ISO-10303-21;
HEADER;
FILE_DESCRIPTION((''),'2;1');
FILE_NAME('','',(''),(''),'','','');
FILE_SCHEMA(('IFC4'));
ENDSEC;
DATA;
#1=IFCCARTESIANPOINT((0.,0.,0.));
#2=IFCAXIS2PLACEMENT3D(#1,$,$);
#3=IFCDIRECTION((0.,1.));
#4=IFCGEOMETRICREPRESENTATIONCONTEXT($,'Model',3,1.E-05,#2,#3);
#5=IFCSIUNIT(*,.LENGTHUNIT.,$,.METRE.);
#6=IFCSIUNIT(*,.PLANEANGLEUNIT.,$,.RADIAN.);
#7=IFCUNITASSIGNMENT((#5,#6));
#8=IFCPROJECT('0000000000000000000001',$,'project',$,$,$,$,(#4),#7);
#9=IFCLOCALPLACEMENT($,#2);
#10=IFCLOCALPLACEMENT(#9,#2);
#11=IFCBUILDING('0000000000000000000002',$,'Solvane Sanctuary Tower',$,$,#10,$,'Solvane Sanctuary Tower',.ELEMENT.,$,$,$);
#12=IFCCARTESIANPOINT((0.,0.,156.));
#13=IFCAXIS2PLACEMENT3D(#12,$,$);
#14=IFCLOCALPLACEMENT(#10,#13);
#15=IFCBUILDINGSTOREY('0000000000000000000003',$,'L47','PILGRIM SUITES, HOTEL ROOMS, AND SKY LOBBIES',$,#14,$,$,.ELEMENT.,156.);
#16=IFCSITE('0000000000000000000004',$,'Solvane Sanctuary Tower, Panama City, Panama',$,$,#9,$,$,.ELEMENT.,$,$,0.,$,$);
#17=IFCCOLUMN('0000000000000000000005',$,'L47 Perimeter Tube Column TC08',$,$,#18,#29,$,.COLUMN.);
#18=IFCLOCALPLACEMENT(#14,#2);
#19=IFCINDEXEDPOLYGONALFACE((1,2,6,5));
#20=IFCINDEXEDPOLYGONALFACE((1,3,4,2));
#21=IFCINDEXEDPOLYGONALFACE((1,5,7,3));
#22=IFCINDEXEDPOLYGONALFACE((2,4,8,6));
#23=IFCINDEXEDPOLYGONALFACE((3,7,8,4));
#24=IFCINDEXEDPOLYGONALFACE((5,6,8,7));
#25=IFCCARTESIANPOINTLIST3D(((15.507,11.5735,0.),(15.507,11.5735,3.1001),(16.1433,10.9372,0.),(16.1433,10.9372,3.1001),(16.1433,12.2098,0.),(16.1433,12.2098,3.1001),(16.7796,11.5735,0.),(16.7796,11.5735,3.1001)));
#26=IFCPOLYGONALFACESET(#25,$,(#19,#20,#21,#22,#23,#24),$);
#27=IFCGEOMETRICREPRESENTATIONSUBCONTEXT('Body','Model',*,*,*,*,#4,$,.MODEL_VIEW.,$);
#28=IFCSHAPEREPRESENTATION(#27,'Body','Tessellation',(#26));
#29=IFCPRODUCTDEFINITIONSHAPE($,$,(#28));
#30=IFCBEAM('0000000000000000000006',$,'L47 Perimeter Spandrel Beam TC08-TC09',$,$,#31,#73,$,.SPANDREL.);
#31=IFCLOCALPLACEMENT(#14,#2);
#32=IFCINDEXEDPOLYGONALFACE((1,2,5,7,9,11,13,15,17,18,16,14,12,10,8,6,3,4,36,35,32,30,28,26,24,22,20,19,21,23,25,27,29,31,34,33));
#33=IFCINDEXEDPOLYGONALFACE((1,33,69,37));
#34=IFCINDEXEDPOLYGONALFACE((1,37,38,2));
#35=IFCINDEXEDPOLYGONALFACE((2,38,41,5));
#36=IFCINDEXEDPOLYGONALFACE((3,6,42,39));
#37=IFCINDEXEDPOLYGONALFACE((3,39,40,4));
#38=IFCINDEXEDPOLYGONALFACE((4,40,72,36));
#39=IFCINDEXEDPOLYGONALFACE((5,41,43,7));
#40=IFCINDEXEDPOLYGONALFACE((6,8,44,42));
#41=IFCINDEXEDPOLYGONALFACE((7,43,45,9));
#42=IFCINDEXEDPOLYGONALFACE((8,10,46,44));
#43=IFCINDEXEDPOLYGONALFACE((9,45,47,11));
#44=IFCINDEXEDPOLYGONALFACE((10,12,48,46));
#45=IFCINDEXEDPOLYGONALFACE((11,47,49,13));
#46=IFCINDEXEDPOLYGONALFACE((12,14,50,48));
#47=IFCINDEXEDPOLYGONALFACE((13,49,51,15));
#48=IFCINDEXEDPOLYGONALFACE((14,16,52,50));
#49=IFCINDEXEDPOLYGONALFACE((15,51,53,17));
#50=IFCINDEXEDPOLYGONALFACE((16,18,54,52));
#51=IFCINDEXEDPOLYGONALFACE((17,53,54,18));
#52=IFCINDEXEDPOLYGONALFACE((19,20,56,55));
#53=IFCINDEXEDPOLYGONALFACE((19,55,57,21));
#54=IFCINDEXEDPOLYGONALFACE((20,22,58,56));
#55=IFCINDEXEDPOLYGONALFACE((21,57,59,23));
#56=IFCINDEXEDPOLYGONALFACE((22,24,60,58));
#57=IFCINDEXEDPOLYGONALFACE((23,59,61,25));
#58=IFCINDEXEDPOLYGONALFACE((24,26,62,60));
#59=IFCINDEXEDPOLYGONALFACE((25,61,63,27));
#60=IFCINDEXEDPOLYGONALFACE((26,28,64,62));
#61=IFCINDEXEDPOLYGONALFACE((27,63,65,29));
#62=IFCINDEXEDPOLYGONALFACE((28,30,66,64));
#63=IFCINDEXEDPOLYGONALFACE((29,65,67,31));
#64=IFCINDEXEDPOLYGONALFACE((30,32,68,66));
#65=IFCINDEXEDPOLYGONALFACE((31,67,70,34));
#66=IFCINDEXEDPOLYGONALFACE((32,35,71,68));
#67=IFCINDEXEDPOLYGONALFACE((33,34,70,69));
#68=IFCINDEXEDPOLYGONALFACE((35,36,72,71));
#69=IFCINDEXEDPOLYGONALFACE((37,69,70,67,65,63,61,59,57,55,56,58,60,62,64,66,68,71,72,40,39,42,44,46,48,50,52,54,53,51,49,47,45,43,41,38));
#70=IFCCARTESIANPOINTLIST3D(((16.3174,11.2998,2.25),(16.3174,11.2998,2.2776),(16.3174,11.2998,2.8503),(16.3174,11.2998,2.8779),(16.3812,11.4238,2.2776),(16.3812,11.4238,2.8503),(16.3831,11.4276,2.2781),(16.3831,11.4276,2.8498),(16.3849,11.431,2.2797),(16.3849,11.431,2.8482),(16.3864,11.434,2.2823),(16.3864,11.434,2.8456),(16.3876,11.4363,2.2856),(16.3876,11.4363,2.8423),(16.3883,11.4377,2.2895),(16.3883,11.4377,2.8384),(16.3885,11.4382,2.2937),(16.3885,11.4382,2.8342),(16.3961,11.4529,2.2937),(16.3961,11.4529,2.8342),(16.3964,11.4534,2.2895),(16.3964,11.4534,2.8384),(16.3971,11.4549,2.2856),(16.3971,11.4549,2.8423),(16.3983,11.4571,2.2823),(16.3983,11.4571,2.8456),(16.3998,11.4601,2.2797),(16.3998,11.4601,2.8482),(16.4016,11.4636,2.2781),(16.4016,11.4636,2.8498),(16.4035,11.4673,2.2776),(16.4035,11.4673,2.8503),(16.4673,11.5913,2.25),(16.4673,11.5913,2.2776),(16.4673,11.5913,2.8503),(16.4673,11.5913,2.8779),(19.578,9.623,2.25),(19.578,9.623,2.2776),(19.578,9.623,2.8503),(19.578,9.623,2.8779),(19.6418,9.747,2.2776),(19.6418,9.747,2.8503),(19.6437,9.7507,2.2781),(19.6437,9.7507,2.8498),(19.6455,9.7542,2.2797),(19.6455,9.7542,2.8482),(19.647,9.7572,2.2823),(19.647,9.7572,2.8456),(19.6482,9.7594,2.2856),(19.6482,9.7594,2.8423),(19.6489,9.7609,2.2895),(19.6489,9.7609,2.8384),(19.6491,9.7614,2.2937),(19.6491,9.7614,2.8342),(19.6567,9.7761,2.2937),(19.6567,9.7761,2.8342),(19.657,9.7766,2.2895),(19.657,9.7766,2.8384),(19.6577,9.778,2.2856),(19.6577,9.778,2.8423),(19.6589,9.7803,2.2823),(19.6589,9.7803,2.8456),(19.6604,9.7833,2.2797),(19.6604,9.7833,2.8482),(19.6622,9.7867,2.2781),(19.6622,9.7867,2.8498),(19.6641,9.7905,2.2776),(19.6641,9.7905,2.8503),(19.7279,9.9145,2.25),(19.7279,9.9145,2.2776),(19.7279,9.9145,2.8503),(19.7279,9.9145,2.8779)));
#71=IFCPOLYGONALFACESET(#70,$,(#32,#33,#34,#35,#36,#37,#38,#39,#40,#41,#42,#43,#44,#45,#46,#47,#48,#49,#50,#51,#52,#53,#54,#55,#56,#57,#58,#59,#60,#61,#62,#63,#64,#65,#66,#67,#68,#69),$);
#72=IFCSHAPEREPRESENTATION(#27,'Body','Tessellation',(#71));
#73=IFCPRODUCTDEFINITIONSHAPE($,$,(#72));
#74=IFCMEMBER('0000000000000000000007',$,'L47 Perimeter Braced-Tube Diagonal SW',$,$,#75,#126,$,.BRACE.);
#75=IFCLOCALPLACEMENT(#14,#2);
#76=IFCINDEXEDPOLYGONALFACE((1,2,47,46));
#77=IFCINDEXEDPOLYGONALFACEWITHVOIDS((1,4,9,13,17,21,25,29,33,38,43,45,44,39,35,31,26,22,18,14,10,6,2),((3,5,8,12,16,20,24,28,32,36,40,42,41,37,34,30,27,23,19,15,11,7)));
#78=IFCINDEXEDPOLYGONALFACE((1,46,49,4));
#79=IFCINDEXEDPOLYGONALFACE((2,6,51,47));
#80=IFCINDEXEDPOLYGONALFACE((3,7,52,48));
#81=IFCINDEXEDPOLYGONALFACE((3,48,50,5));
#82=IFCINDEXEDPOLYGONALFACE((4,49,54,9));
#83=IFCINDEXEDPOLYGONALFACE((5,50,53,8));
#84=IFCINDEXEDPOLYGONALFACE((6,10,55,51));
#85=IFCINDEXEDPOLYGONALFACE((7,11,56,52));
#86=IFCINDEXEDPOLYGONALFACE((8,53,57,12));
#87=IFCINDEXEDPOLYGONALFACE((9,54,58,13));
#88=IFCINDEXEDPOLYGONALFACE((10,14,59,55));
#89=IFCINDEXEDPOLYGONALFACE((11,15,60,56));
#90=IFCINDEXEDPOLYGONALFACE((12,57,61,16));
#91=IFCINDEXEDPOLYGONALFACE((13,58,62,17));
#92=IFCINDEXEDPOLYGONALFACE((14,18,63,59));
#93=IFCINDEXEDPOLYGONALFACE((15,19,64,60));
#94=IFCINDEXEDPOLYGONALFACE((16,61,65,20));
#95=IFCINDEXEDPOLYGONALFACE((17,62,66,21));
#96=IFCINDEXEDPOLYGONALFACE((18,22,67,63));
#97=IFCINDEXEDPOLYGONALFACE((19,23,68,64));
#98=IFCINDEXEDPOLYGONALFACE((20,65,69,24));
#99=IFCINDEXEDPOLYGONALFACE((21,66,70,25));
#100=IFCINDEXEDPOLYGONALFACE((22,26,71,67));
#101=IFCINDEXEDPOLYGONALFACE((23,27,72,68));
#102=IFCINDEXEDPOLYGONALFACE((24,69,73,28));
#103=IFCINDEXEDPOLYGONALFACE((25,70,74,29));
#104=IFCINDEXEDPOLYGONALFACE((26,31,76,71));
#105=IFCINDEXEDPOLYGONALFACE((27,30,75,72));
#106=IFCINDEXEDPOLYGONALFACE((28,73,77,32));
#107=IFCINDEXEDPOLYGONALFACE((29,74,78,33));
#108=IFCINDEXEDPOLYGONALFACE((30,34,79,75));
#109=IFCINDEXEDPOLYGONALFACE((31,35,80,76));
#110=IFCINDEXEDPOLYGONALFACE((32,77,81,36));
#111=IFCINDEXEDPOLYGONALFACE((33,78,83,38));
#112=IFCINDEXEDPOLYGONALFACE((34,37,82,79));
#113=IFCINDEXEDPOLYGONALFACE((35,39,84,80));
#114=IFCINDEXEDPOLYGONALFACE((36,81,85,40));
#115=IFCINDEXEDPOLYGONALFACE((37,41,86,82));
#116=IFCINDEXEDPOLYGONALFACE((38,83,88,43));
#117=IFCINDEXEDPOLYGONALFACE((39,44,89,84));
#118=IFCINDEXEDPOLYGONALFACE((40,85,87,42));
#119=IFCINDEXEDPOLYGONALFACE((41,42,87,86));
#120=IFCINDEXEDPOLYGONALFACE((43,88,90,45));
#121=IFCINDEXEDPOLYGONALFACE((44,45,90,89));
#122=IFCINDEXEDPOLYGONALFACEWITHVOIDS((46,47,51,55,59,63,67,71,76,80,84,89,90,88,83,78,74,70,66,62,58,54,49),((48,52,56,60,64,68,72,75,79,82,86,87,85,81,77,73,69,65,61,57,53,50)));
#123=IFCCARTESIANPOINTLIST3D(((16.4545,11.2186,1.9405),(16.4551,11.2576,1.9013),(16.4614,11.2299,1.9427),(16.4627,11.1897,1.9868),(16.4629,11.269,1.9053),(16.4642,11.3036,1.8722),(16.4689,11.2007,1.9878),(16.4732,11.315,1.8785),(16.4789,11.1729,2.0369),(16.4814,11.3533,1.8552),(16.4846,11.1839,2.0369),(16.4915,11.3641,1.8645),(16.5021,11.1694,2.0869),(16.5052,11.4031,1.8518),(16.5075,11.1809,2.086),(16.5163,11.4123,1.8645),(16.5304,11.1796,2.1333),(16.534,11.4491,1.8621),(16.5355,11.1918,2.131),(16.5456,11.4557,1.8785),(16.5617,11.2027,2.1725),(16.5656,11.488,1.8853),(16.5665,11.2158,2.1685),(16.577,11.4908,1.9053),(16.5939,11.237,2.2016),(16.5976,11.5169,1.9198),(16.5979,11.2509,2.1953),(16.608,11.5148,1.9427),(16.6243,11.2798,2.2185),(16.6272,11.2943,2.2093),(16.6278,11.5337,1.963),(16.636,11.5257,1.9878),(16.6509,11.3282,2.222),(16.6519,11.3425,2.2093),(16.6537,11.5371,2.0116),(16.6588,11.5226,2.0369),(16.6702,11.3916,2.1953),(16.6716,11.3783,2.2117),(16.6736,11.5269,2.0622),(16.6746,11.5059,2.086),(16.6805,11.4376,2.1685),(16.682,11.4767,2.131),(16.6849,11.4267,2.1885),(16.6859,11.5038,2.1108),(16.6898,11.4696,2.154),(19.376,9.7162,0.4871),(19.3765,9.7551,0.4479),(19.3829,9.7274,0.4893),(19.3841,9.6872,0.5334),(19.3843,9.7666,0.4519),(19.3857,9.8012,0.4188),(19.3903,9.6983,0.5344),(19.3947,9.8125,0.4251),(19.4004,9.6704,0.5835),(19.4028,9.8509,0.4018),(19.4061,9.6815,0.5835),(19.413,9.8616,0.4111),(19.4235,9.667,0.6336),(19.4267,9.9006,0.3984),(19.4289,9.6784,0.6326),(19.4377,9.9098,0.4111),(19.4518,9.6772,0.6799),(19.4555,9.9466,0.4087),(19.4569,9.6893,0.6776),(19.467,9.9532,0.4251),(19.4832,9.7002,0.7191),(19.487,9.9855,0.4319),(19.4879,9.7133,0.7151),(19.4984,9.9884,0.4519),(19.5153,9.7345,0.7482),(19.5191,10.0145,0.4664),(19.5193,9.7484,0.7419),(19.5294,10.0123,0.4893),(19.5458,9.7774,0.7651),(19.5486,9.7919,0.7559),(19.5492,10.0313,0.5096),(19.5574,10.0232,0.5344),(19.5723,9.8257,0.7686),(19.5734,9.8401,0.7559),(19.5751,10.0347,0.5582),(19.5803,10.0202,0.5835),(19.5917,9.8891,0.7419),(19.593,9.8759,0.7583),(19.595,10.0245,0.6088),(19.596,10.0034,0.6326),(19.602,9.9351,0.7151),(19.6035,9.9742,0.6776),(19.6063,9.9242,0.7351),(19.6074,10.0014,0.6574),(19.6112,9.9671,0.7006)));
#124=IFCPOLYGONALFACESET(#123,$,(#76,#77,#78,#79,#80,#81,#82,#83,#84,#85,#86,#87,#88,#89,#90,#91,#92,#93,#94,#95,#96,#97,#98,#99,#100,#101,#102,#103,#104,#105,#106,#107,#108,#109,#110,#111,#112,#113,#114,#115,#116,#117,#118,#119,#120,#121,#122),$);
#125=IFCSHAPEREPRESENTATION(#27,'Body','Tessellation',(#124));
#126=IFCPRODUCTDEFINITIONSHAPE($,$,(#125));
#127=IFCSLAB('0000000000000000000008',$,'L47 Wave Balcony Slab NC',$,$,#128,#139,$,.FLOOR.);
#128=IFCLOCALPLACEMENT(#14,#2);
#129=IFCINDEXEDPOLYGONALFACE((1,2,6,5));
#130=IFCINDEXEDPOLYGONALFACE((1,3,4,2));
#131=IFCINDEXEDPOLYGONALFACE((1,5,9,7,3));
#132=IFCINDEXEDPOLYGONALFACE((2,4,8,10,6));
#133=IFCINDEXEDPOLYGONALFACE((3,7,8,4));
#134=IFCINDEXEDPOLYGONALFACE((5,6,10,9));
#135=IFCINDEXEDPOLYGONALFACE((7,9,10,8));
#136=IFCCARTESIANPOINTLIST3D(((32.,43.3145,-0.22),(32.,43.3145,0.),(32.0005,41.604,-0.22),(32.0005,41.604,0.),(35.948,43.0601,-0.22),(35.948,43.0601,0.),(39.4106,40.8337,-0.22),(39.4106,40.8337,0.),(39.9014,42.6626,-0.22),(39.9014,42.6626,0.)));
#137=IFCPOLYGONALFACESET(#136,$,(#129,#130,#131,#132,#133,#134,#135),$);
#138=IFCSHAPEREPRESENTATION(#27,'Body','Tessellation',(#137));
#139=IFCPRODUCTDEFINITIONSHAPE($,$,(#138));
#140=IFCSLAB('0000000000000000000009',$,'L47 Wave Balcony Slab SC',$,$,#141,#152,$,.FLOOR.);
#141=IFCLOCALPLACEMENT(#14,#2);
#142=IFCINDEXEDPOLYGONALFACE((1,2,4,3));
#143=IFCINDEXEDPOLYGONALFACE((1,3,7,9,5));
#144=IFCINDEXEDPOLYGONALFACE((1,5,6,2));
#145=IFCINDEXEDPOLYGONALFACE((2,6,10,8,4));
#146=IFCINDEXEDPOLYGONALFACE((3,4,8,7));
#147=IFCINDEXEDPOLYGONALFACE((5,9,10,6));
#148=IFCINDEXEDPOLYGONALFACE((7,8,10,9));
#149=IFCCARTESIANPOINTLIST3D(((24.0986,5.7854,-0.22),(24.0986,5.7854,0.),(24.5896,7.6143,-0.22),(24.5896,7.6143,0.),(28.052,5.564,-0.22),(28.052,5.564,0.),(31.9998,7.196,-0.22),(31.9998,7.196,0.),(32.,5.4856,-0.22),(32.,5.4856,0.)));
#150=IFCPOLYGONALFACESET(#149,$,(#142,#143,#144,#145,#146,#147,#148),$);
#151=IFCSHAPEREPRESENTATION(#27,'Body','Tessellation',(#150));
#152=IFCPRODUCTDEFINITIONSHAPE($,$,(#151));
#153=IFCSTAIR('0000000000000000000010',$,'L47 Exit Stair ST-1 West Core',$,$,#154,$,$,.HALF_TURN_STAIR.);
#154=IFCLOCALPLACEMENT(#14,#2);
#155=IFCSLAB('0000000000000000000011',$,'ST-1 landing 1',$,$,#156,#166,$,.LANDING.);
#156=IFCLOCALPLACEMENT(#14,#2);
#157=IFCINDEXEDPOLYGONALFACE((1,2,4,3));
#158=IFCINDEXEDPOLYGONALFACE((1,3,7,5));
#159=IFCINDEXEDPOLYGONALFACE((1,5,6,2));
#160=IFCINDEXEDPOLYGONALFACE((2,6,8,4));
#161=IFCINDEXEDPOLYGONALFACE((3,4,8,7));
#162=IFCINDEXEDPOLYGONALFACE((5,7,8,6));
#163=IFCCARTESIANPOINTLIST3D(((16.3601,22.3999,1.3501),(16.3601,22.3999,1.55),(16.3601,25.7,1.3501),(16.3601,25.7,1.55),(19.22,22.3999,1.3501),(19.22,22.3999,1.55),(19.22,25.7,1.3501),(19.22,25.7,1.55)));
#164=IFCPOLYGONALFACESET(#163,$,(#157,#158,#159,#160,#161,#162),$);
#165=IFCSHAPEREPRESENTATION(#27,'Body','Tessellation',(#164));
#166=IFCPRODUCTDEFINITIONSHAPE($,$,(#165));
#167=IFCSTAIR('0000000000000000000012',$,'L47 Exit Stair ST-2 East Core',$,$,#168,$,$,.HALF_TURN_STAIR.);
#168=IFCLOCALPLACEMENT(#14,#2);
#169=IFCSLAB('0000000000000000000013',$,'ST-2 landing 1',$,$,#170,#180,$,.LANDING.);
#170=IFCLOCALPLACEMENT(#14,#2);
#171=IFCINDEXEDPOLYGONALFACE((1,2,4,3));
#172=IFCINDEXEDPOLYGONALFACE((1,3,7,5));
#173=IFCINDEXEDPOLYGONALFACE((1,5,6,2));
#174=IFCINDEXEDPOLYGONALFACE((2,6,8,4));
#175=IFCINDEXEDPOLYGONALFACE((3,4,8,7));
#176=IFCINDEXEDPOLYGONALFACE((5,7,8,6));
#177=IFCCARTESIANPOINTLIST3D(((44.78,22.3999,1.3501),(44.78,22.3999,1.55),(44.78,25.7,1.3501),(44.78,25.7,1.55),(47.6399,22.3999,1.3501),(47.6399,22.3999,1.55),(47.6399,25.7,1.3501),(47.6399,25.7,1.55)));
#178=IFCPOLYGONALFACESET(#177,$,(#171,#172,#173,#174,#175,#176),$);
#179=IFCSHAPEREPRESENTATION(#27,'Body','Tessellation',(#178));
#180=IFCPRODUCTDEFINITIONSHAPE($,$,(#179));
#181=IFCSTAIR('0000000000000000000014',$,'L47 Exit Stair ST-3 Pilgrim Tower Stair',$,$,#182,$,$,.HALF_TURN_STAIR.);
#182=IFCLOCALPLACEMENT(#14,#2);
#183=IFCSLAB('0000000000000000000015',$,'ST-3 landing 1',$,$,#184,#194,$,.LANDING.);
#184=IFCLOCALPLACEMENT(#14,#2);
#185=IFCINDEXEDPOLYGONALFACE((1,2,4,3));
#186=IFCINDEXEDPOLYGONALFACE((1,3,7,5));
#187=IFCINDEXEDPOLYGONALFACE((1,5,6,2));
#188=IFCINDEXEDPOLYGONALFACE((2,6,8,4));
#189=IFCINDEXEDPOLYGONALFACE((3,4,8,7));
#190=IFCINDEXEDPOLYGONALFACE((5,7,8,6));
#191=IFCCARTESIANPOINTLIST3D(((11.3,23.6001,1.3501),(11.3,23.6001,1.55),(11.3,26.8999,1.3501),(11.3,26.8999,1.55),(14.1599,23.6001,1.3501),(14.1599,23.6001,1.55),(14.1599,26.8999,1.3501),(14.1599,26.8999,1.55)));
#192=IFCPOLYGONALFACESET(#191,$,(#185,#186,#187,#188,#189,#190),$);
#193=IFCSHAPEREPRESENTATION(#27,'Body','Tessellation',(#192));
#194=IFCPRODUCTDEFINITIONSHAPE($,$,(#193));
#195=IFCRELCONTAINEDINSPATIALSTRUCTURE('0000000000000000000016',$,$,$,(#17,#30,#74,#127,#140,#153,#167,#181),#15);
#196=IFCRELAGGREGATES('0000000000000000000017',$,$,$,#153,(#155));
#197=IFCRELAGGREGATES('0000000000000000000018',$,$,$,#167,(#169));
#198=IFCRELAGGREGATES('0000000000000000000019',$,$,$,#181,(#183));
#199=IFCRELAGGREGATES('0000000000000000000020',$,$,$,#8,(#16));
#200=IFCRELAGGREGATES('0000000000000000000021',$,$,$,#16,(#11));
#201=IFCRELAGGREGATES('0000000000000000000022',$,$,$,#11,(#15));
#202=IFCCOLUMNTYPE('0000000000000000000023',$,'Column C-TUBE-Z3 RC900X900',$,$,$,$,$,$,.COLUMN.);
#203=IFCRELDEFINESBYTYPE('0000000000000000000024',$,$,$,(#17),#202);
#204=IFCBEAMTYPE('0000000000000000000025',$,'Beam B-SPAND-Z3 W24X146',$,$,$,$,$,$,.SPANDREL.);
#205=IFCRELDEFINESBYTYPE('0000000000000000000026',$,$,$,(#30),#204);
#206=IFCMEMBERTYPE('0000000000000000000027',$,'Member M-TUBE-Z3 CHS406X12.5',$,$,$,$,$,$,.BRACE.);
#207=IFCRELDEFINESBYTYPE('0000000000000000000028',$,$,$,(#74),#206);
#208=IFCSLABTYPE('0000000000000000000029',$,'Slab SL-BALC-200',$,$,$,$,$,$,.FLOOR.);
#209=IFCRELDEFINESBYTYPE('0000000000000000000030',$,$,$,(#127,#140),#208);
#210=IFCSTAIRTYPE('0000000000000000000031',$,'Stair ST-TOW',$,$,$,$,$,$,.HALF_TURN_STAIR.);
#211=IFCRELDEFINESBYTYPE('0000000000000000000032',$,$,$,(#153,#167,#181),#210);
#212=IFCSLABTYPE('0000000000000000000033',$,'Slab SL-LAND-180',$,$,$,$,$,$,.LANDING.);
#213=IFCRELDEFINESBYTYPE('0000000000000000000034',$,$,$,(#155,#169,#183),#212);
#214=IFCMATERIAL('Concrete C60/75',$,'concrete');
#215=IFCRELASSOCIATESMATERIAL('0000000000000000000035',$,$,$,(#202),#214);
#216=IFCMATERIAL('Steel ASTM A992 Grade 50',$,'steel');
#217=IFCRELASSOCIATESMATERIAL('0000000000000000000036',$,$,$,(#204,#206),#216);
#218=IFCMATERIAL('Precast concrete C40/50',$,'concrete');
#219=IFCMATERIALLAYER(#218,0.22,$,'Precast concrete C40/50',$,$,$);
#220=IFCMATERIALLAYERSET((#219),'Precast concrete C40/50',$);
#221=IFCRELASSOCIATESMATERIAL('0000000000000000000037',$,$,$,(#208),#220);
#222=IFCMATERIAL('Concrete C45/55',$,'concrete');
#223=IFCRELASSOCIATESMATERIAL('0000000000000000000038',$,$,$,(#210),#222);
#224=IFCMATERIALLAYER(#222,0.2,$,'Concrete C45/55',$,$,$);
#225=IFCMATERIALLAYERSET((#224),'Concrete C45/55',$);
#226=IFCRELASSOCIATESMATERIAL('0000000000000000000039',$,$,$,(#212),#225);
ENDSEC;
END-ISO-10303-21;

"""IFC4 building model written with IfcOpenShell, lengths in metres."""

from ifc_helpers import new_model, si_unit, direction, frame, origin, origin_2d, place, context, subcontext, project, spatial, polyline, rectangle, hollow_circle, i_section, outline, extrude, material, layer, layer_set, material_profile, profile_set, type_object, element, aggregate, save


model = new_model("IFC4")

# Units and contexts
model_context = context("Model", 3, precision=1e-05, world=origin(), true_north=direction((0.0, 1.0)))
body_context = subcontext(model_context, "Body", "Model", "MODEL_VIEW")
ifc_project = project(units=[si_unit("LENGTHUNIT", "METRE"), si_unit("PLANEANGLEUNIT", "RADIAN")], contexts=[model_context])

# Site, building, storey
site_placement = place(None, origin())
site = spatial("IfcSite", under=ifc_project, at=site_placement, Name="Solvane Sanctuary Tower, Panama City, Panama", CompositionType="ELEMENT", RefElevation=0.0)
building_placement = place(site_placement, origin())
building = spatial("IfcBuilding", under=site, at=building_placement, Name="Solvane Sanctuary Tower", LongName="Solvane Sanctuary Tower", CompositionType="ELEMENT")
storey_placement = place(building_placement, frame((0.0, 0.0, 156.0)))
storey = spatial("IfcBuildingStorey", under=building, at=storey_placement, Name="L47", Description="PILGRIM SUITES, HOTEL ROOMS, AND SKY LOBBIES", CompositionType="ELEMENT", Elevation=156.0)

# Column
ifc_material_1 = material(Name="Concrete C60/75", Category="concrete")
ifc_material_profile_1 = material_profile(ifc_material_1, rectangle(XDim=0.8999, YDim=0.8999, at=origin_2d()), Name="RC900X900")
ifc_profile_set_1 = profile_set([ifc_material_profile_1], Name="Concrete C60/75")
column_type = type_object("IfcColumnType", Name="Column C-TUBE-Z3 RC900X900", PredefinedType="COLUMN", material=ifc_profile_set_1)
column_placement = place(storey_placement, frame((16.1433, 11.5735, 0.0), z_axis=(0.0, 0.0, 1.0), x_axis=(-0.707107, -0.707107, 0.0)))
element("IfcColumn", 1, at=column_placement, inside=storey, type_object=column_type, Name="L47 Perimeter Tube Column TC08", PredefinedType="COLUMN", context=body_context, shape_type="SweptSolid", body=[
    extrude(rectangle(XDim=0.8999, YDim=0.8999, at=origin_2d()), origin(), (0.0, 0.0, 1.0), 3.1001),
])

# Beam
ifc_material_2 = material(Name="Steel ASTM A992 Grade 50", Category="steel")
ifc_material_profile_2 = material_profile(ifc_material_2, i_section(OverallWidth=0.3279, OverallDepth=0.6279, WebThickness=0.0166, FlangeThickness=0.0276, FilletRadius=0.0161, at=origin_2d()), Name="W24X146")
ifc_profile_set_2 = profile_set([ifc_material_profile_2], Name="Steel ASTM A992 Grade 50")
beam_type = type_object("IfcBeamType", Name="Beam B-SPAND-Z3 W24X146", PredefinedType="SPANDREL", material=ifc_profile_set_2)
beam_placement = place(storey_placement, frame((16.3923, 11.4456, 2.564), z_axis=(0.889296, -0.457333, 0.0), x_axis=(0.457333, 0.889296, 0.0)))
element("IfcBeam", 2, at=beam_placement, inside=storey, type_object=beam_type, Name="L47 Perimeter Spandrel Beam TC08-TC09", PredefinedType="SPANDREL", context=body_context, shape_type="SweptSolid", body=[
    extrude(i_section(OverallWidth=0.3279, OverallDepth=0.6279, WebThickness=0.0166, FlangeThickness=0.0276, FilletRadius=0.0161, at=origin_2d()), origin(), (0.0, 0.0, 1.0), 3.6665),
])

# Member
ifc_material_profile_3 = material_profile(ifc_material_2, hollow_circle(Radius=0.2029, WallThickness=0.0125, at=origin_2d()), Name="CHS406X12.5")
ifc_profile_set_3 = profile_set([ifc_material_profile_3], Name="Steel ASTM A992 Grade 50")
member_type = type_object("IfcMemberType", Name="Member M-TUBE-Z3 CHS406X12.5", PredefinedType="BRACE", material=ifc_profile_set_3)
member_placement = place(storey_placement, frame((19.4932, 9.8508, 0.5835), z_axis=(-0.813252, 0.418248, 0.404587), x_axis=(-0.457351, -0.889286, 0.0)))
element("IfcMember", 3, at=member_placement, inside=storey, type_object=member_type, Name="L47 Perimeter Braced-Tube Diagonal SW", PredefinedType="BRACE", context=body_context, shape_type="SweptSolid", body=[
    extrude(hollow_circle(Radius=0.2029, WallThickness=0.0125, at=origin_2d()), origin(), (0.0, 0.0, 1.0), 3.5923),
])

# Slabs
ifc_material_3 = material(Name="Precast concrete C40/50", Category="concrete")
ifc_layer_1 = layer(ifc_material_3, 0.22, Name="Precast concrete C40/50")
ifc_layer_set_1 = layer_set([ifc_layer_1], Name="Precast concrete C40/50")
slab_type_1 = type_object("IfcSlabType", Name="Slab SL-BALC-200", PredefinedType="FLOOR", material=ifc_layer_set_1)
slab_1_placement = place(storey_placement, frame((0.0, 0.0, -0.22)))
element("IfcSlab", 4, at=slab_1_placement, inside=storey, type_object=slab_type_1, Name="L47 Wave Balcony Slab NC", PredefinedType="FLOOR", context=body_context, shape_type="SweptSolid", body=[
    extrude(outline(polyline([(39.9014, 42.6626), (35.948, 43.0601), (32.0, 43.3145), (32.0005, 41.604), (39.4106, 40.8337), (39.9014, 42.6626)])), origin(), (0.0, 0.0, 1.0), 0.22),
])
slab_2_placement = place(storey_placement, frame((0.0, 0.0, -0.22)))
element("IfcSlab", 5, at=slab_2_placement, inside=storey, type_object=slab_type_1, Name="L47 Wave Balcony Slab SC", PredefinedType="FLOOR", context=body_context, shape_type="SweptSolid", body=[
    extrude(outline(polyline([(24.0986, 5.7854), (28.052, 5.564), (32.0, 5.4856), (31.9998, 7.196), (24.5896, 7.6143), (24.0986, 5.7854)])), origin(), (0.0, 0.0, 1.0), 0.22),
])

# Stairs, slabs
ifc_material_4 = material(Name="Concrete C45/55", Category="concrete")
stair_type = type_object("IfcStairType", Name="Stair ST-TOW", PredefinedType="HALF_TURN_STAIR", material=ifc_material_4)
stair_1_placement = place(storey_placement, origin())
stair_1 = element("IfcStair", 6, at=stair_1_placement, inside=storey, type_object=stair_type, Name="L47 Exit Stair ST-1 West Core", PredefinedType="HALF_TURN_STAIR")
ifc_layer_2 = layer(ifc_material_4, 0.2, Name="Concrete C45/55")
ifc_layer_set_2 = layer_set([ifc_layer_2], Name="Concrete C45/55")
slab_type_2 = type_object("IfcSlabType", Name="Slab SL-LAND-180", PredefinedType="LANDING", material=ifc_layer_set_2)
slab_3_placement = place(storey_placement, frame((0.0, 0.0, 1.3501)))
slab_3 = element("IfcSlab", 7, at=slab_3_placement, type_object=slab_type_2, Name="ST-1 landing 1", PredefinedType="LANDING", context=body_context, shape_type="SweptSolid", body=[
    extrude(outline(polyline([(19.22, 22.3999), (19.22, 25.7), (16.3601, 25.7), (16.3601, 22.3999), (19.22, 22.3999)])), origin(), (0.0, 0.0, 1.0), 0.2),
])
aggregate(stair_1, [slab_3])
stair_2_placement = place(storey_placement, origin())
stair_2 = element("IfcStair", 8, at=stair_2_placement, inside=storey, type_object=stair_type, Name="L47 Exit Stair ST-2 East Core", PredefinedType="HALF_TURN_STAIR")
slab_4_placement = place(storey_placement, frame((0.0, 0.0, 1.3501)))
slab_4 = element("IfcSlab", 9, at=slab_4_placement, type_object=slab_type_2, Name="ST-2 landing 1", PredefinedType="LANDING", context=body_context, shape_type="SweptSolid", body=[
    extrude(outline(polyline([(47.6399, 22.3999), (47.6399, 25.7), (44.78, 25.7), (44.78, 22.3999), (47.6399, 22.3999)])), origin(), (0.0, 0.0, 1.0), 0.2),
])
aggregate(stair_2, [slab_4])
stair_3_placement = place(storey_placement, origin())
stair_3 = element("IfcStair", 10, at=stair_3_placement, inside=storey, type_object=stair_type, Name="L47 Exit Stair ST-3 Pilgrim Tower Stair", PredefinedType="HALF_TURN_STAIR")
slab_5_placement = place(storey_placement, frame((0.0, 0.0, 1.3501)))
slab_5 = element("IfcSlab", 11, at=slab_5_placement, type_object=slab_type_2, Name="ST-3 landing 1", PredefinedType="LANDING", context=body_context, shape_type="SweptSolid", body=[
    extrude(outline(polyline([(14.1599, 23.6001), (14.1599, 26.8999), (11.3, 26.8999), (11.3, 23.6001), (14.1599, 23.6001)])), origin(), (0.0, 0.0, 1.0), 0.2),
])
aggregate(stair_3, [slab_5])

save(model, "model.ifc")
